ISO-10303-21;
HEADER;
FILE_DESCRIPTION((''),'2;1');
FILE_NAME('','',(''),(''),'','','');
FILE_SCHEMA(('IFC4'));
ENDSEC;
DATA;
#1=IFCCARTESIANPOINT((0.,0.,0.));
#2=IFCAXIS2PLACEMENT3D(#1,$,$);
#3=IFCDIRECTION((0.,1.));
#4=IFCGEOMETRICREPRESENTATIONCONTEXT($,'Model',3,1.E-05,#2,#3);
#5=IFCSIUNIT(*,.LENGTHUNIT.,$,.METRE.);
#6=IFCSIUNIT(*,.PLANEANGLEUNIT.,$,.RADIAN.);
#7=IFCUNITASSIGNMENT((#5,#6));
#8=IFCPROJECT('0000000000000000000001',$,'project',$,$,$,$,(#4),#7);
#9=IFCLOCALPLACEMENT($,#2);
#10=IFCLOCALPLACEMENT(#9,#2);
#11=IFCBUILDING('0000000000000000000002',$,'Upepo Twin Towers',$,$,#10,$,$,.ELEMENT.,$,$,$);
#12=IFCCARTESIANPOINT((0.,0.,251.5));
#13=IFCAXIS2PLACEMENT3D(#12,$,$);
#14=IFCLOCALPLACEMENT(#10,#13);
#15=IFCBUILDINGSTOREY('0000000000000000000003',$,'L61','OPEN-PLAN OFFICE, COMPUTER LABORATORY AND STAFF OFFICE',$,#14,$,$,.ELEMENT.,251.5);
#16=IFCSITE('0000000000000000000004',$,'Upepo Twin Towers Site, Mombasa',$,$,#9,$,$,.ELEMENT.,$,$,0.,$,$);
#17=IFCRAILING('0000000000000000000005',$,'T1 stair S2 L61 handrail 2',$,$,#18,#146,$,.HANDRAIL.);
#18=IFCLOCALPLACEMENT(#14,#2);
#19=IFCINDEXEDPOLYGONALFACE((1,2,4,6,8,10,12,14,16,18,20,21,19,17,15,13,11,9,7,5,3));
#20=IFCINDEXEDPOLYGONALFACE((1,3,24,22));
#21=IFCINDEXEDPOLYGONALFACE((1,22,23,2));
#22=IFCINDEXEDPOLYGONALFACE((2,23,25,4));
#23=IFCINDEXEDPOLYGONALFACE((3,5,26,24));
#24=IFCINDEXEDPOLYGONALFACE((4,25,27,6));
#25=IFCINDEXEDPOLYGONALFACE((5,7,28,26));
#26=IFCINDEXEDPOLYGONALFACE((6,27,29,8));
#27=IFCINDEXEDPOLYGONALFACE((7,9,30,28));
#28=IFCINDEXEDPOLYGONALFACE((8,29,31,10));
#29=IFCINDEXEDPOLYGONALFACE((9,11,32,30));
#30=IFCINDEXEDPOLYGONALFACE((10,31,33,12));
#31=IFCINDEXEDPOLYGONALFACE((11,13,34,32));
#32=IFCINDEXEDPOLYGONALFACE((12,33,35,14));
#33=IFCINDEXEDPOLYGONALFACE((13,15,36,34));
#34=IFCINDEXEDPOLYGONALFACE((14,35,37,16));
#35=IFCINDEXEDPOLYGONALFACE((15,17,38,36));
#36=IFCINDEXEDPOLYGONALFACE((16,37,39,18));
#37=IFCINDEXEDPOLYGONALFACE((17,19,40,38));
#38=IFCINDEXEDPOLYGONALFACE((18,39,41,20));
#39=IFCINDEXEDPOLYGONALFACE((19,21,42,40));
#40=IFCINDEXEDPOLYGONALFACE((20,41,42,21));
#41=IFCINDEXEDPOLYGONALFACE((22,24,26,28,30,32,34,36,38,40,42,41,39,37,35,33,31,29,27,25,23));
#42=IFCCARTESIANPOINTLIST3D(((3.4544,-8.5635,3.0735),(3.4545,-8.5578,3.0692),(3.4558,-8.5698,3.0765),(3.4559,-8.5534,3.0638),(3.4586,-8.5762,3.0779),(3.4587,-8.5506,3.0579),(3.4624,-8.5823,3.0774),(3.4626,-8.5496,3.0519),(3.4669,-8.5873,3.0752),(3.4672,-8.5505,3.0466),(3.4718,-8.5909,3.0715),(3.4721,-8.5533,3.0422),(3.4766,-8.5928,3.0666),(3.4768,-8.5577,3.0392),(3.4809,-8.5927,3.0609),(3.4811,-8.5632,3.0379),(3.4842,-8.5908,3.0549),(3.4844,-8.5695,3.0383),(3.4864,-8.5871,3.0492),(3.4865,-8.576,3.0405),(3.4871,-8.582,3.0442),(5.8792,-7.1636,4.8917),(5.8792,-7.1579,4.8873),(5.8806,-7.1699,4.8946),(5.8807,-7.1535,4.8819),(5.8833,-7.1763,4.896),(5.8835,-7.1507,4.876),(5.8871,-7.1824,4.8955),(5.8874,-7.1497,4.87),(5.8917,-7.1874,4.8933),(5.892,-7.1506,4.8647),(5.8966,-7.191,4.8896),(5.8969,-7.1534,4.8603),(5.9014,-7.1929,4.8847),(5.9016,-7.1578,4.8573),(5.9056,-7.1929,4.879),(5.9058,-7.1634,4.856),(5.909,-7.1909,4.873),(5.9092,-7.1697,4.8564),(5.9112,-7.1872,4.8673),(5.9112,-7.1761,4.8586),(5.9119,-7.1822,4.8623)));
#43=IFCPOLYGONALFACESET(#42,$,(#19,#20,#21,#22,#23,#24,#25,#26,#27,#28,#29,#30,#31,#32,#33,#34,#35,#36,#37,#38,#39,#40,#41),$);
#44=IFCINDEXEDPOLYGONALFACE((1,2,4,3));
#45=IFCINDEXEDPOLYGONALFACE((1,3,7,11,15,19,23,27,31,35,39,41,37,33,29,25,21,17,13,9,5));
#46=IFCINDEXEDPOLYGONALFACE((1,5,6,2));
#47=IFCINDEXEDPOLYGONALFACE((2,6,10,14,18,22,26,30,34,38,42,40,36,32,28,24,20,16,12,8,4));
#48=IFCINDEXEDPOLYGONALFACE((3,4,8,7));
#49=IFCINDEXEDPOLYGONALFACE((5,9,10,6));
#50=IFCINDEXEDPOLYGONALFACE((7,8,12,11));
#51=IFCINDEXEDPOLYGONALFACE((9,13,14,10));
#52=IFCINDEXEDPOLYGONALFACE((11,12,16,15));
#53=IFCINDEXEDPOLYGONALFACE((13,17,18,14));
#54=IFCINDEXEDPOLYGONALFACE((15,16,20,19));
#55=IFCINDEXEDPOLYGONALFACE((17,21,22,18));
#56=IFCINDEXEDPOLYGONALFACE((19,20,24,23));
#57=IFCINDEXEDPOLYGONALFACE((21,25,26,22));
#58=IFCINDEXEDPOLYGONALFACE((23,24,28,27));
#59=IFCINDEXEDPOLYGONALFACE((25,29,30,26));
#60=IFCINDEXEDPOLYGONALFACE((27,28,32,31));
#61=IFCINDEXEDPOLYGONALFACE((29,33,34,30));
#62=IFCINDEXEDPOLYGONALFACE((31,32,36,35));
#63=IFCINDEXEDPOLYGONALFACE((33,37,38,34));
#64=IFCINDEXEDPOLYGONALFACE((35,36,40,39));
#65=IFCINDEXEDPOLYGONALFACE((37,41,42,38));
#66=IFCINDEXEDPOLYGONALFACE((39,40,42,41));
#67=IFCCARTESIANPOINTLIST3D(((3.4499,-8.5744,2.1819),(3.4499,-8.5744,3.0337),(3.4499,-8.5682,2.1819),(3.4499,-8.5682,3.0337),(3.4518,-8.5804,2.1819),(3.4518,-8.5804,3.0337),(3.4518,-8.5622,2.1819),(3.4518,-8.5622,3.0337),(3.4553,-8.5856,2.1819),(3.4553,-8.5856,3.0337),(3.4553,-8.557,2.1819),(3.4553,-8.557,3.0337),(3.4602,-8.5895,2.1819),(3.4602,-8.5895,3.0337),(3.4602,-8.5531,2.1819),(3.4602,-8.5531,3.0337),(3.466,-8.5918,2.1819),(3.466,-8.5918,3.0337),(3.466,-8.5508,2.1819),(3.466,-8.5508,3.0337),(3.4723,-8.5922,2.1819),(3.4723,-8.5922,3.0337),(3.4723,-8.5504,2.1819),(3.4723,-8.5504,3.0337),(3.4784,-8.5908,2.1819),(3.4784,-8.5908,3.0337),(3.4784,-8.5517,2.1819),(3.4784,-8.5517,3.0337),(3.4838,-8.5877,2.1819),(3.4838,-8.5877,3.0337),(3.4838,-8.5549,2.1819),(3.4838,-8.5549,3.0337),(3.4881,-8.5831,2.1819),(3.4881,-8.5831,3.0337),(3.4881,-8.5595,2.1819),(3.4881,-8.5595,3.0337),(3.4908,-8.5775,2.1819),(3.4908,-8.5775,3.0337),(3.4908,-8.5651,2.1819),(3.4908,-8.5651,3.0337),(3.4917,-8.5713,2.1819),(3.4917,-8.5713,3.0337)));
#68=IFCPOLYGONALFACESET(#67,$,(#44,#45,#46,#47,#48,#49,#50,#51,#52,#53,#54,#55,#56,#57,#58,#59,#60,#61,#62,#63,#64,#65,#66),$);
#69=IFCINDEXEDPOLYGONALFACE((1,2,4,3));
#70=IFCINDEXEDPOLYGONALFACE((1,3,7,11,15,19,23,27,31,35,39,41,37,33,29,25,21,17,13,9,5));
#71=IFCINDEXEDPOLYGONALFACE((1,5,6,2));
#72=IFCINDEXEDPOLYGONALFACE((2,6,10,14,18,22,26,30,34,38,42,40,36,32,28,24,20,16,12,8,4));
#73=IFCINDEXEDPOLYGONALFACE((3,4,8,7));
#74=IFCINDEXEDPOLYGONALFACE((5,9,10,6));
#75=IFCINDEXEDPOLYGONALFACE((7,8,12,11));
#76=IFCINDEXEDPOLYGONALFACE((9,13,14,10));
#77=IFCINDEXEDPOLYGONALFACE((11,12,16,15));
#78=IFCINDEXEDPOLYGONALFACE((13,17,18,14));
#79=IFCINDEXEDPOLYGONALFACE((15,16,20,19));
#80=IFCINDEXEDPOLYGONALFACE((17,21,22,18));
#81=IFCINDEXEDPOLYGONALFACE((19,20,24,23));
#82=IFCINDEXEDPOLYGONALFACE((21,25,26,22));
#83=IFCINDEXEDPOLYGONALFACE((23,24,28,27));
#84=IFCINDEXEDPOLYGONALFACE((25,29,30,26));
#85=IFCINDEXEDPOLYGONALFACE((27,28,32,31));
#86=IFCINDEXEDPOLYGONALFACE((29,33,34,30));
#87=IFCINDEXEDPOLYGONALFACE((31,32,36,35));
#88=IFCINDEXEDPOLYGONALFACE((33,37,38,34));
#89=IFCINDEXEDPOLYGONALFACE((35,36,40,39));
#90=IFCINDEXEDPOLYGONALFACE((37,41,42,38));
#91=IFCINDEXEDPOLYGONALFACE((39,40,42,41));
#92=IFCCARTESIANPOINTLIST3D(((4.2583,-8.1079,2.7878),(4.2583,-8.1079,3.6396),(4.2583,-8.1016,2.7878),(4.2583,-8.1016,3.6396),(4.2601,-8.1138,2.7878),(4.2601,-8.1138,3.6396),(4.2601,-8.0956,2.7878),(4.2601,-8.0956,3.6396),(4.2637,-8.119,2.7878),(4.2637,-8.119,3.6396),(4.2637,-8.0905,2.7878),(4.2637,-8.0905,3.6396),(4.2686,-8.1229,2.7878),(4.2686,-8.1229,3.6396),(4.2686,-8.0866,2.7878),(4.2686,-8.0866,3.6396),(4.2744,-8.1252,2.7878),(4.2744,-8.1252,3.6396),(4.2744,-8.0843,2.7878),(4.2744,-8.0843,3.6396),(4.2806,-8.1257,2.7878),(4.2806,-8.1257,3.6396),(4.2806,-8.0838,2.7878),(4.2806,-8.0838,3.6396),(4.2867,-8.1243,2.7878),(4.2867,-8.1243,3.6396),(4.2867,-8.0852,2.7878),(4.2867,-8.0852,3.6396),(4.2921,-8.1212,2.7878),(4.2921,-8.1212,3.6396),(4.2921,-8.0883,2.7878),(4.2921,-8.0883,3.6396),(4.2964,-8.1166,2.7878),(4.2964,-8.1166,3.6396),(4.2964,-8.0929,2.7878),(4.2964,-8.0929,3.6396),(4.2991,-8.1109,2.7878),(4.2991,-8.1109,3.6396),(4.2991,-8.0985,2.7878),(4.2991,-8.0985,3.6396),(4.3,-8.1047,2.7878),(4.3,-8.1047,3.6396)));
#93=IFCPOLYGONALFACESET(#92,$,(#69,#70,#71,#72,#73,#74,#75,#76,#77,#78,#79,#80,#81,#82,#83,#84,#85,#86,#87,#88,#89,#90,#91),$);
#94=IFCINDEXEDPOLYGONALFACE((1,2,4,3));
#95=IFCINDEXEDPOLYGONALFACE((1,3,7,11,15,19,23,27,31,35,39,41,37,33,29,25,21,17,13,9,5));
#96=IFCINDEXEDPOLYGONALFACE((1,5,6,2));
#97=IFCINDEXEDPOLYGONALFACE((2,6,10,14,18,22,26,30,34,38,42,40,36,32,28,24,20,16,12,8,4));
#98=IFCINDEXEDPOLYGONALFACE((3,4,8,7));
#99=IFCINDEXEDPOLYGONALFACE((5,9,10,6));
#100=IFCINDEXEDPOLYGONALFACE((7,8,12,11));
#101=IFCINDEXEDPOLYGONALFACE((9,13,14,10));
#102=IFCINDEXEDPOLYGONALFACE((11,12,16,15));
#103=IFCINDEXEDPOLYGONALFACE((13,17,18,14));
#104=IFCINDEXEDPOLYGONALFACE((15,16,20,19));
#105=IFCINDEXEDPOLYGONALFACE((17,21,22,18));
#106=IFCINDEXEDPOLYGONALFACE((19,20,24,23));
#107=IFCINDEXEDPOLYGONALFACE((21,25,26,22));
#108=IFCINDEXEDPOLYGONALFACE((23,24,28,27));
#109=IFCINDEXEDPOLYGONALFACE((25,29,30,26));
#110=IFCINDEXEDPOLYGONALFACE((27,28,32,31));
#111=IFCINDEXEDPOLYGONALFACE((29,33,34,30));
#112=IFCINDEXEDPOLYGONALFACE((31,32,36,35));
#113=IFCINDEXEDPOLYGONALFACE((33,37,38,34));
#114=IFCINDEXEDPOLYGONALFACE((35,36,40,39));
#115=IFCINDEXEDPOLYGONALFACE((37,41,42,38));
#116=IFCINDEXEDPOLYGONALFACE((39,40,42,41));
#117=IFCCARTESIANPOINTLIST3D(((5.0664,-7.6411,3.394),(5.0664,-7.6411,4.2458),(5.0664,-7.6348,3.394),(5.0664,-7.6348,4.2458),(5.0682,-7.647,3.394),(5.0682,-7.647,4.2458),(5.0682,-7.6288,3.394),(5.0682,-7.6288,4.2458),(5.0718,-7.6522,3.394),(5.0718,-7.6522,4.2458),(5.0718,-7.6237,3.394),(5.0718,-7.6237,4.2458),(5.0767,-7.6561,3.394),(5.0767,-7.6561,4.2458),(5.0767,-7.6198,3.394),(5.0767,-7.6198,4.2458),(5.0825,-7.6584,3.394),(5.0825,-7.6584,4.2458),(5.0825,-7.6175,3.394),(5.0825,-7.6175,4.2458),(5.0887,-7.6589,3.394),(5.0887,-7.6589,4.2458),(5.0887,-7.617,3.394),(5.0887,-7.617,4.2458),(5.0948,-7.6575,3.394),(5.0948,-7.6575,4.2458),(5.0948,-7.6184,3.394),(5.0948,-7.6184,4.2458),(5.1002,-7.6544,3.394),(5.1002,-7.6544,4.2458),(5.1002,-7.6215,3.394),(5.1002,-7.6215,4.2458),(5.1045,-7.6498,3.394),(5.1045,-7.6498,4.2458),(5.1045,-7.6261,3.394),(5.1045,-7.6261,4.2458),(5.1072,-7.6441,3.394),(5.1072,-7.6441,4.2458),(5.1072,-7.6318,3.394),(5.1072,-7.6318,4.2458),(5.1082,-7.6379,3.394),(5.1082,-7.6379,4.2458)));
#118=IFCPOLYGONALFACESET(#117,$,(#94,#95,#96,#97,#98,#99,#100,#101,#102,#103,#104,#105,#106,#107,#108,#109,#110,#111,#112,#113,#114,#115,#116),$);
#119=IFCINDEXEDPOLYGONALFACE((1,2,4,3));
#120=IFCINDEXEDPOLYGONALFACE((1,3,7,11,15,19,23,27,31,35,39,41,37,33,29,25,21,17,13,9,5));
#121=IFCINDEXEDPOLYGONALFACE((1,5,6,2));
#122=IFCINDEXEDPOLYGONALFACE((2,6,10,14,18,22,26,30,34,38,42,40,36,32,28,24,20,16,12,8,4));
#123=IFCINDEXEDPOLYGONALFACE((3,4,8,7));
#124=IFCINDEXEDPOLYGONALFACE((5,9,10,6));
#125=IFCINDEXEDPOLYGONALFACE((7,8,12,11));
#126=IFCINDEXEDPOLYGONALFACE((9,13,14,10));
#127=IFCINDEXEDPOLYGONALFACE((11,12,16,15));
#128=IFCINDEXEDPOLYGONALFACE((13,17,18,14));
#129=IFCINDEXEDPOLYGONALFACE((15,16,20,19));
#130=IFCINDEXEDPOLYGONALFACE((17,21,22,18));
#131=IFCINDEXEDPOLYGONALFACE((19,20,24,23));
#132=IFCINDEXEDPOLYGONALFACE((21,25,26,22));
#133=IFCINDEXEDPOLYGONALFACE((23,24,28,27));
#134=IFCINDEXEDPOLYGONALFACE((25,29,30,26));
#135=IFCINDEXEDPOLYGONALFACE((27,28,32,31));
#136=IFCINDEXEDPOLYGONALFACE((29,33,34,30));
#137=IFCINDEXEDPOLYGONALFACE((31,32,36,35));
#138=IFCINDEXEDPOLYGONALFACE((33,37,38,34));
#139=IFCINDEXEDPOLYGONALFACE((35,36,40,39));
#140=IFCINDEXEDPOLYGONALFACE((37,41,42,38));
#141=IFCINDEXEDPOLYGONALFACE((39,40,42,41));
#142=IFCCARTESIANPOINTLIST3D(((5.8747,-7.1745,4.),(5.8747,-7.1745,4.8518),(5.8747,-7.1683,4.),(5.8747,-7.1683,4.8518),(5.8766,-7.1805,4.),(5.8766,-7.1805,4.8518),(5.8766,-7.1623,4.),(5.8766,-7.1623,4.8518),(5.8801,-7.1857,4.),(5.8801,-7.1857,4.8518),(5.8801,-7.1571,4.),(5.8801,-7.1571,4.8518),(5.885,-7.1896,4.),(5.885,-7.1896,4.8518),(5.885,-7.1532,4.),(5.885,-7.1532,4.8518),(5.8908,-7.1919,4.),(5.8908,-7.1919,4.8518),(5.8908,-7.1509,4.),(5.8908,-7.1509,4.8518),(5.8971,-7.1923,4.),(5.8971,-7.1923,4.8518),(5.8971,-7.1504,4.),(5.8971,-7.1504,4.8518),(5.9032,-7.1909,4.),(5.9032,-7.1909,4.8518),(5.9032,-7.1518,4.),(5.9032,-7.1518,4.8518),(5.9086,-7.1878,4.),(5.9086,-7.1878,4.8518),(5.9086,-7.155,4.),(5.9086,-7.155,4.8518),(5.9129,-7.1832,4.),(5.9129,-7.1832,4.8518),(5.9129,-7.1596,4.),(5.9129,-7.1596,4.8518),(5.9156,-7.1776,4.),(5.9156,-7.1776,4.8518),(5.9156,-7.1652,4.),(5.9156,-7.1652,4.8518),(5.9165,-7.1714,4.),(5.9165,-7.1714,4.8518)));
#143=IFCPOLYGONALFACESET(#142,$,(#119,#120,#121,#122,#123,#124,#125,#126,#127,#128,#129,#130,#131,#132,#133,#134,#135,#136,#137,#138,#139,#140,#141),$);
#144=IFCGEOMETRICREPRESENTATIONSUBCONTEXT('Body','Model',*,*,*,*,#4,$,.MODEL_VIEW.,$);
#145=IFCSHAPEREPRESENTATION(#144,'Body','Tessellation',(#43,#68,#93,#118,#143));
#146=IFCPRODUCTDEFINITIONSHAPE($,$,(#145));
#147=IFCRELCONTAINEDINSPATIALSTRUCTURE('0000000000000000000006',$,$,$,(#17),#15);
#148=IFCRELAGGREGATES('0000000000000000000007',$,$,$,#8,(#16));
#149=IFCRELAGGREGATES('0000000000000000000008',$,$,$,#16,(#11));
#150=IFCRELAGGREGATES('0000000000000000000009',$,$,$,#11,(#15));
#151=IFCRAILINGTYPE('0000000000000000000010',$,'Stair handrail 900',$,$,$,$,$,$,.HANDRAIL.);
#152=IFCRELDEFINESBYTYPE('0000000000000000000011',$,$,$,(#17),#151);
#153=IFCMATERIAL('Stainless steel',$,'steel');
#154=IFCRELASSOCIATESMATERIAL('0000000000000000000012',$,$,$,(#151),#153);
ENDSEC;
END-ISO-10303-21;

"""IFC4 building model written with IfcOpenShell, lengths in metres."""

from ifc_helpers import new_model, si_unit, direction, frame, origin, origin_2d, place, context, subcontext, project, spatial, circle, extrude, material, type_object, element, save


model = new_model("IFC4")

# Units and contexts
model_context = context("Model", 3, precision=1e-05, world=origin(), true_north=direction((0.0, 1.0)))
body_context = subcontext(model_context, "Body", "Model", "MODEL_VIEW")
ifc_project = project(units=[si_unit("LENGTHUNIT", "METRE"), si_unit("PLANEANGLEUNIT", "RADIAN")], contexts=[model_context])

# Site, building, storey
site_placement = place(None, origin())
site = spatial("IfcSite", under=ifc_project, at=site_placement, Name="Upepo Twin Towers Site, Mombasa", CompositionType="ELEMENT", RefElevation=0.0)
building_placement = place(site_placement, origin())
building = spatial("IfcBuilding", under=site, at=building_placement, Name="Upepo Twin Towers", CompositionType="ELEMENT")
storey_placement = place(building_placement, frame((0.0, 0.0, 251.5)))
storey = spatial("IfcBuildingStorey", under=building, at=storey_placement, Name="L61", Description="OPEN-PLAN OFFICE, COMPUTER LABORATORY AND STAFF OFFICE", CompositionType="ELEMENT", Elevation=251.5)

# Railing
ifc_material_1 = material(Name="Stainless steel", Category="steel")
railing_type = type_object("IfcRailingType", Name="Stair handrail 900", PredefinedType="HANDRAIL", material=ifc_material_1)
railing_1_placement = place(storey_placement, frame((3.4707, -8.5713, 2.1819)))
element("IfcRailing", 1, at=railing_1_placement, inside=storey, type_object=railing_type, Name="T1 stair S2 L61 handrail 2", PredefinedType="HANDRAIL", context=body_context, shape_type="SweptSolid", body=[
    extrude(circle(Radius=0.0239, at=origin_2d()), frame((0.0, 0.0, 0.876), z_axis=(0.726336, 0.419333, 0.544606), x_axis=(-0.499984, 0.866035, 0.0)), (0.0, 0.0, 1.0), 3.3384),
    extrude(circle(Radius=0.021, at=origin_2d()), origin(), (0.0, 0.0, 1.0), 0.8518),
    extrude(circle(Radius=0.021, at=origin_2d()), frame((0.8083, 0.4666, 0.606)), (0.0, 0.0, 1.0), 0.8518),
    extrude(circle(Radius=0.021, at=origin_2d()), frame((1.6165, 0.9333, 1.2122)), (0.0, 0.0, 1.0), 0.8518),
    extrude(circle(Radius=0.021, at=origin_2d()), frame((2.4248, 1.3999, 1.8181)), (0.0, 0.0, 1.0), 0.8518),
])

save(model, "model.ifc")
